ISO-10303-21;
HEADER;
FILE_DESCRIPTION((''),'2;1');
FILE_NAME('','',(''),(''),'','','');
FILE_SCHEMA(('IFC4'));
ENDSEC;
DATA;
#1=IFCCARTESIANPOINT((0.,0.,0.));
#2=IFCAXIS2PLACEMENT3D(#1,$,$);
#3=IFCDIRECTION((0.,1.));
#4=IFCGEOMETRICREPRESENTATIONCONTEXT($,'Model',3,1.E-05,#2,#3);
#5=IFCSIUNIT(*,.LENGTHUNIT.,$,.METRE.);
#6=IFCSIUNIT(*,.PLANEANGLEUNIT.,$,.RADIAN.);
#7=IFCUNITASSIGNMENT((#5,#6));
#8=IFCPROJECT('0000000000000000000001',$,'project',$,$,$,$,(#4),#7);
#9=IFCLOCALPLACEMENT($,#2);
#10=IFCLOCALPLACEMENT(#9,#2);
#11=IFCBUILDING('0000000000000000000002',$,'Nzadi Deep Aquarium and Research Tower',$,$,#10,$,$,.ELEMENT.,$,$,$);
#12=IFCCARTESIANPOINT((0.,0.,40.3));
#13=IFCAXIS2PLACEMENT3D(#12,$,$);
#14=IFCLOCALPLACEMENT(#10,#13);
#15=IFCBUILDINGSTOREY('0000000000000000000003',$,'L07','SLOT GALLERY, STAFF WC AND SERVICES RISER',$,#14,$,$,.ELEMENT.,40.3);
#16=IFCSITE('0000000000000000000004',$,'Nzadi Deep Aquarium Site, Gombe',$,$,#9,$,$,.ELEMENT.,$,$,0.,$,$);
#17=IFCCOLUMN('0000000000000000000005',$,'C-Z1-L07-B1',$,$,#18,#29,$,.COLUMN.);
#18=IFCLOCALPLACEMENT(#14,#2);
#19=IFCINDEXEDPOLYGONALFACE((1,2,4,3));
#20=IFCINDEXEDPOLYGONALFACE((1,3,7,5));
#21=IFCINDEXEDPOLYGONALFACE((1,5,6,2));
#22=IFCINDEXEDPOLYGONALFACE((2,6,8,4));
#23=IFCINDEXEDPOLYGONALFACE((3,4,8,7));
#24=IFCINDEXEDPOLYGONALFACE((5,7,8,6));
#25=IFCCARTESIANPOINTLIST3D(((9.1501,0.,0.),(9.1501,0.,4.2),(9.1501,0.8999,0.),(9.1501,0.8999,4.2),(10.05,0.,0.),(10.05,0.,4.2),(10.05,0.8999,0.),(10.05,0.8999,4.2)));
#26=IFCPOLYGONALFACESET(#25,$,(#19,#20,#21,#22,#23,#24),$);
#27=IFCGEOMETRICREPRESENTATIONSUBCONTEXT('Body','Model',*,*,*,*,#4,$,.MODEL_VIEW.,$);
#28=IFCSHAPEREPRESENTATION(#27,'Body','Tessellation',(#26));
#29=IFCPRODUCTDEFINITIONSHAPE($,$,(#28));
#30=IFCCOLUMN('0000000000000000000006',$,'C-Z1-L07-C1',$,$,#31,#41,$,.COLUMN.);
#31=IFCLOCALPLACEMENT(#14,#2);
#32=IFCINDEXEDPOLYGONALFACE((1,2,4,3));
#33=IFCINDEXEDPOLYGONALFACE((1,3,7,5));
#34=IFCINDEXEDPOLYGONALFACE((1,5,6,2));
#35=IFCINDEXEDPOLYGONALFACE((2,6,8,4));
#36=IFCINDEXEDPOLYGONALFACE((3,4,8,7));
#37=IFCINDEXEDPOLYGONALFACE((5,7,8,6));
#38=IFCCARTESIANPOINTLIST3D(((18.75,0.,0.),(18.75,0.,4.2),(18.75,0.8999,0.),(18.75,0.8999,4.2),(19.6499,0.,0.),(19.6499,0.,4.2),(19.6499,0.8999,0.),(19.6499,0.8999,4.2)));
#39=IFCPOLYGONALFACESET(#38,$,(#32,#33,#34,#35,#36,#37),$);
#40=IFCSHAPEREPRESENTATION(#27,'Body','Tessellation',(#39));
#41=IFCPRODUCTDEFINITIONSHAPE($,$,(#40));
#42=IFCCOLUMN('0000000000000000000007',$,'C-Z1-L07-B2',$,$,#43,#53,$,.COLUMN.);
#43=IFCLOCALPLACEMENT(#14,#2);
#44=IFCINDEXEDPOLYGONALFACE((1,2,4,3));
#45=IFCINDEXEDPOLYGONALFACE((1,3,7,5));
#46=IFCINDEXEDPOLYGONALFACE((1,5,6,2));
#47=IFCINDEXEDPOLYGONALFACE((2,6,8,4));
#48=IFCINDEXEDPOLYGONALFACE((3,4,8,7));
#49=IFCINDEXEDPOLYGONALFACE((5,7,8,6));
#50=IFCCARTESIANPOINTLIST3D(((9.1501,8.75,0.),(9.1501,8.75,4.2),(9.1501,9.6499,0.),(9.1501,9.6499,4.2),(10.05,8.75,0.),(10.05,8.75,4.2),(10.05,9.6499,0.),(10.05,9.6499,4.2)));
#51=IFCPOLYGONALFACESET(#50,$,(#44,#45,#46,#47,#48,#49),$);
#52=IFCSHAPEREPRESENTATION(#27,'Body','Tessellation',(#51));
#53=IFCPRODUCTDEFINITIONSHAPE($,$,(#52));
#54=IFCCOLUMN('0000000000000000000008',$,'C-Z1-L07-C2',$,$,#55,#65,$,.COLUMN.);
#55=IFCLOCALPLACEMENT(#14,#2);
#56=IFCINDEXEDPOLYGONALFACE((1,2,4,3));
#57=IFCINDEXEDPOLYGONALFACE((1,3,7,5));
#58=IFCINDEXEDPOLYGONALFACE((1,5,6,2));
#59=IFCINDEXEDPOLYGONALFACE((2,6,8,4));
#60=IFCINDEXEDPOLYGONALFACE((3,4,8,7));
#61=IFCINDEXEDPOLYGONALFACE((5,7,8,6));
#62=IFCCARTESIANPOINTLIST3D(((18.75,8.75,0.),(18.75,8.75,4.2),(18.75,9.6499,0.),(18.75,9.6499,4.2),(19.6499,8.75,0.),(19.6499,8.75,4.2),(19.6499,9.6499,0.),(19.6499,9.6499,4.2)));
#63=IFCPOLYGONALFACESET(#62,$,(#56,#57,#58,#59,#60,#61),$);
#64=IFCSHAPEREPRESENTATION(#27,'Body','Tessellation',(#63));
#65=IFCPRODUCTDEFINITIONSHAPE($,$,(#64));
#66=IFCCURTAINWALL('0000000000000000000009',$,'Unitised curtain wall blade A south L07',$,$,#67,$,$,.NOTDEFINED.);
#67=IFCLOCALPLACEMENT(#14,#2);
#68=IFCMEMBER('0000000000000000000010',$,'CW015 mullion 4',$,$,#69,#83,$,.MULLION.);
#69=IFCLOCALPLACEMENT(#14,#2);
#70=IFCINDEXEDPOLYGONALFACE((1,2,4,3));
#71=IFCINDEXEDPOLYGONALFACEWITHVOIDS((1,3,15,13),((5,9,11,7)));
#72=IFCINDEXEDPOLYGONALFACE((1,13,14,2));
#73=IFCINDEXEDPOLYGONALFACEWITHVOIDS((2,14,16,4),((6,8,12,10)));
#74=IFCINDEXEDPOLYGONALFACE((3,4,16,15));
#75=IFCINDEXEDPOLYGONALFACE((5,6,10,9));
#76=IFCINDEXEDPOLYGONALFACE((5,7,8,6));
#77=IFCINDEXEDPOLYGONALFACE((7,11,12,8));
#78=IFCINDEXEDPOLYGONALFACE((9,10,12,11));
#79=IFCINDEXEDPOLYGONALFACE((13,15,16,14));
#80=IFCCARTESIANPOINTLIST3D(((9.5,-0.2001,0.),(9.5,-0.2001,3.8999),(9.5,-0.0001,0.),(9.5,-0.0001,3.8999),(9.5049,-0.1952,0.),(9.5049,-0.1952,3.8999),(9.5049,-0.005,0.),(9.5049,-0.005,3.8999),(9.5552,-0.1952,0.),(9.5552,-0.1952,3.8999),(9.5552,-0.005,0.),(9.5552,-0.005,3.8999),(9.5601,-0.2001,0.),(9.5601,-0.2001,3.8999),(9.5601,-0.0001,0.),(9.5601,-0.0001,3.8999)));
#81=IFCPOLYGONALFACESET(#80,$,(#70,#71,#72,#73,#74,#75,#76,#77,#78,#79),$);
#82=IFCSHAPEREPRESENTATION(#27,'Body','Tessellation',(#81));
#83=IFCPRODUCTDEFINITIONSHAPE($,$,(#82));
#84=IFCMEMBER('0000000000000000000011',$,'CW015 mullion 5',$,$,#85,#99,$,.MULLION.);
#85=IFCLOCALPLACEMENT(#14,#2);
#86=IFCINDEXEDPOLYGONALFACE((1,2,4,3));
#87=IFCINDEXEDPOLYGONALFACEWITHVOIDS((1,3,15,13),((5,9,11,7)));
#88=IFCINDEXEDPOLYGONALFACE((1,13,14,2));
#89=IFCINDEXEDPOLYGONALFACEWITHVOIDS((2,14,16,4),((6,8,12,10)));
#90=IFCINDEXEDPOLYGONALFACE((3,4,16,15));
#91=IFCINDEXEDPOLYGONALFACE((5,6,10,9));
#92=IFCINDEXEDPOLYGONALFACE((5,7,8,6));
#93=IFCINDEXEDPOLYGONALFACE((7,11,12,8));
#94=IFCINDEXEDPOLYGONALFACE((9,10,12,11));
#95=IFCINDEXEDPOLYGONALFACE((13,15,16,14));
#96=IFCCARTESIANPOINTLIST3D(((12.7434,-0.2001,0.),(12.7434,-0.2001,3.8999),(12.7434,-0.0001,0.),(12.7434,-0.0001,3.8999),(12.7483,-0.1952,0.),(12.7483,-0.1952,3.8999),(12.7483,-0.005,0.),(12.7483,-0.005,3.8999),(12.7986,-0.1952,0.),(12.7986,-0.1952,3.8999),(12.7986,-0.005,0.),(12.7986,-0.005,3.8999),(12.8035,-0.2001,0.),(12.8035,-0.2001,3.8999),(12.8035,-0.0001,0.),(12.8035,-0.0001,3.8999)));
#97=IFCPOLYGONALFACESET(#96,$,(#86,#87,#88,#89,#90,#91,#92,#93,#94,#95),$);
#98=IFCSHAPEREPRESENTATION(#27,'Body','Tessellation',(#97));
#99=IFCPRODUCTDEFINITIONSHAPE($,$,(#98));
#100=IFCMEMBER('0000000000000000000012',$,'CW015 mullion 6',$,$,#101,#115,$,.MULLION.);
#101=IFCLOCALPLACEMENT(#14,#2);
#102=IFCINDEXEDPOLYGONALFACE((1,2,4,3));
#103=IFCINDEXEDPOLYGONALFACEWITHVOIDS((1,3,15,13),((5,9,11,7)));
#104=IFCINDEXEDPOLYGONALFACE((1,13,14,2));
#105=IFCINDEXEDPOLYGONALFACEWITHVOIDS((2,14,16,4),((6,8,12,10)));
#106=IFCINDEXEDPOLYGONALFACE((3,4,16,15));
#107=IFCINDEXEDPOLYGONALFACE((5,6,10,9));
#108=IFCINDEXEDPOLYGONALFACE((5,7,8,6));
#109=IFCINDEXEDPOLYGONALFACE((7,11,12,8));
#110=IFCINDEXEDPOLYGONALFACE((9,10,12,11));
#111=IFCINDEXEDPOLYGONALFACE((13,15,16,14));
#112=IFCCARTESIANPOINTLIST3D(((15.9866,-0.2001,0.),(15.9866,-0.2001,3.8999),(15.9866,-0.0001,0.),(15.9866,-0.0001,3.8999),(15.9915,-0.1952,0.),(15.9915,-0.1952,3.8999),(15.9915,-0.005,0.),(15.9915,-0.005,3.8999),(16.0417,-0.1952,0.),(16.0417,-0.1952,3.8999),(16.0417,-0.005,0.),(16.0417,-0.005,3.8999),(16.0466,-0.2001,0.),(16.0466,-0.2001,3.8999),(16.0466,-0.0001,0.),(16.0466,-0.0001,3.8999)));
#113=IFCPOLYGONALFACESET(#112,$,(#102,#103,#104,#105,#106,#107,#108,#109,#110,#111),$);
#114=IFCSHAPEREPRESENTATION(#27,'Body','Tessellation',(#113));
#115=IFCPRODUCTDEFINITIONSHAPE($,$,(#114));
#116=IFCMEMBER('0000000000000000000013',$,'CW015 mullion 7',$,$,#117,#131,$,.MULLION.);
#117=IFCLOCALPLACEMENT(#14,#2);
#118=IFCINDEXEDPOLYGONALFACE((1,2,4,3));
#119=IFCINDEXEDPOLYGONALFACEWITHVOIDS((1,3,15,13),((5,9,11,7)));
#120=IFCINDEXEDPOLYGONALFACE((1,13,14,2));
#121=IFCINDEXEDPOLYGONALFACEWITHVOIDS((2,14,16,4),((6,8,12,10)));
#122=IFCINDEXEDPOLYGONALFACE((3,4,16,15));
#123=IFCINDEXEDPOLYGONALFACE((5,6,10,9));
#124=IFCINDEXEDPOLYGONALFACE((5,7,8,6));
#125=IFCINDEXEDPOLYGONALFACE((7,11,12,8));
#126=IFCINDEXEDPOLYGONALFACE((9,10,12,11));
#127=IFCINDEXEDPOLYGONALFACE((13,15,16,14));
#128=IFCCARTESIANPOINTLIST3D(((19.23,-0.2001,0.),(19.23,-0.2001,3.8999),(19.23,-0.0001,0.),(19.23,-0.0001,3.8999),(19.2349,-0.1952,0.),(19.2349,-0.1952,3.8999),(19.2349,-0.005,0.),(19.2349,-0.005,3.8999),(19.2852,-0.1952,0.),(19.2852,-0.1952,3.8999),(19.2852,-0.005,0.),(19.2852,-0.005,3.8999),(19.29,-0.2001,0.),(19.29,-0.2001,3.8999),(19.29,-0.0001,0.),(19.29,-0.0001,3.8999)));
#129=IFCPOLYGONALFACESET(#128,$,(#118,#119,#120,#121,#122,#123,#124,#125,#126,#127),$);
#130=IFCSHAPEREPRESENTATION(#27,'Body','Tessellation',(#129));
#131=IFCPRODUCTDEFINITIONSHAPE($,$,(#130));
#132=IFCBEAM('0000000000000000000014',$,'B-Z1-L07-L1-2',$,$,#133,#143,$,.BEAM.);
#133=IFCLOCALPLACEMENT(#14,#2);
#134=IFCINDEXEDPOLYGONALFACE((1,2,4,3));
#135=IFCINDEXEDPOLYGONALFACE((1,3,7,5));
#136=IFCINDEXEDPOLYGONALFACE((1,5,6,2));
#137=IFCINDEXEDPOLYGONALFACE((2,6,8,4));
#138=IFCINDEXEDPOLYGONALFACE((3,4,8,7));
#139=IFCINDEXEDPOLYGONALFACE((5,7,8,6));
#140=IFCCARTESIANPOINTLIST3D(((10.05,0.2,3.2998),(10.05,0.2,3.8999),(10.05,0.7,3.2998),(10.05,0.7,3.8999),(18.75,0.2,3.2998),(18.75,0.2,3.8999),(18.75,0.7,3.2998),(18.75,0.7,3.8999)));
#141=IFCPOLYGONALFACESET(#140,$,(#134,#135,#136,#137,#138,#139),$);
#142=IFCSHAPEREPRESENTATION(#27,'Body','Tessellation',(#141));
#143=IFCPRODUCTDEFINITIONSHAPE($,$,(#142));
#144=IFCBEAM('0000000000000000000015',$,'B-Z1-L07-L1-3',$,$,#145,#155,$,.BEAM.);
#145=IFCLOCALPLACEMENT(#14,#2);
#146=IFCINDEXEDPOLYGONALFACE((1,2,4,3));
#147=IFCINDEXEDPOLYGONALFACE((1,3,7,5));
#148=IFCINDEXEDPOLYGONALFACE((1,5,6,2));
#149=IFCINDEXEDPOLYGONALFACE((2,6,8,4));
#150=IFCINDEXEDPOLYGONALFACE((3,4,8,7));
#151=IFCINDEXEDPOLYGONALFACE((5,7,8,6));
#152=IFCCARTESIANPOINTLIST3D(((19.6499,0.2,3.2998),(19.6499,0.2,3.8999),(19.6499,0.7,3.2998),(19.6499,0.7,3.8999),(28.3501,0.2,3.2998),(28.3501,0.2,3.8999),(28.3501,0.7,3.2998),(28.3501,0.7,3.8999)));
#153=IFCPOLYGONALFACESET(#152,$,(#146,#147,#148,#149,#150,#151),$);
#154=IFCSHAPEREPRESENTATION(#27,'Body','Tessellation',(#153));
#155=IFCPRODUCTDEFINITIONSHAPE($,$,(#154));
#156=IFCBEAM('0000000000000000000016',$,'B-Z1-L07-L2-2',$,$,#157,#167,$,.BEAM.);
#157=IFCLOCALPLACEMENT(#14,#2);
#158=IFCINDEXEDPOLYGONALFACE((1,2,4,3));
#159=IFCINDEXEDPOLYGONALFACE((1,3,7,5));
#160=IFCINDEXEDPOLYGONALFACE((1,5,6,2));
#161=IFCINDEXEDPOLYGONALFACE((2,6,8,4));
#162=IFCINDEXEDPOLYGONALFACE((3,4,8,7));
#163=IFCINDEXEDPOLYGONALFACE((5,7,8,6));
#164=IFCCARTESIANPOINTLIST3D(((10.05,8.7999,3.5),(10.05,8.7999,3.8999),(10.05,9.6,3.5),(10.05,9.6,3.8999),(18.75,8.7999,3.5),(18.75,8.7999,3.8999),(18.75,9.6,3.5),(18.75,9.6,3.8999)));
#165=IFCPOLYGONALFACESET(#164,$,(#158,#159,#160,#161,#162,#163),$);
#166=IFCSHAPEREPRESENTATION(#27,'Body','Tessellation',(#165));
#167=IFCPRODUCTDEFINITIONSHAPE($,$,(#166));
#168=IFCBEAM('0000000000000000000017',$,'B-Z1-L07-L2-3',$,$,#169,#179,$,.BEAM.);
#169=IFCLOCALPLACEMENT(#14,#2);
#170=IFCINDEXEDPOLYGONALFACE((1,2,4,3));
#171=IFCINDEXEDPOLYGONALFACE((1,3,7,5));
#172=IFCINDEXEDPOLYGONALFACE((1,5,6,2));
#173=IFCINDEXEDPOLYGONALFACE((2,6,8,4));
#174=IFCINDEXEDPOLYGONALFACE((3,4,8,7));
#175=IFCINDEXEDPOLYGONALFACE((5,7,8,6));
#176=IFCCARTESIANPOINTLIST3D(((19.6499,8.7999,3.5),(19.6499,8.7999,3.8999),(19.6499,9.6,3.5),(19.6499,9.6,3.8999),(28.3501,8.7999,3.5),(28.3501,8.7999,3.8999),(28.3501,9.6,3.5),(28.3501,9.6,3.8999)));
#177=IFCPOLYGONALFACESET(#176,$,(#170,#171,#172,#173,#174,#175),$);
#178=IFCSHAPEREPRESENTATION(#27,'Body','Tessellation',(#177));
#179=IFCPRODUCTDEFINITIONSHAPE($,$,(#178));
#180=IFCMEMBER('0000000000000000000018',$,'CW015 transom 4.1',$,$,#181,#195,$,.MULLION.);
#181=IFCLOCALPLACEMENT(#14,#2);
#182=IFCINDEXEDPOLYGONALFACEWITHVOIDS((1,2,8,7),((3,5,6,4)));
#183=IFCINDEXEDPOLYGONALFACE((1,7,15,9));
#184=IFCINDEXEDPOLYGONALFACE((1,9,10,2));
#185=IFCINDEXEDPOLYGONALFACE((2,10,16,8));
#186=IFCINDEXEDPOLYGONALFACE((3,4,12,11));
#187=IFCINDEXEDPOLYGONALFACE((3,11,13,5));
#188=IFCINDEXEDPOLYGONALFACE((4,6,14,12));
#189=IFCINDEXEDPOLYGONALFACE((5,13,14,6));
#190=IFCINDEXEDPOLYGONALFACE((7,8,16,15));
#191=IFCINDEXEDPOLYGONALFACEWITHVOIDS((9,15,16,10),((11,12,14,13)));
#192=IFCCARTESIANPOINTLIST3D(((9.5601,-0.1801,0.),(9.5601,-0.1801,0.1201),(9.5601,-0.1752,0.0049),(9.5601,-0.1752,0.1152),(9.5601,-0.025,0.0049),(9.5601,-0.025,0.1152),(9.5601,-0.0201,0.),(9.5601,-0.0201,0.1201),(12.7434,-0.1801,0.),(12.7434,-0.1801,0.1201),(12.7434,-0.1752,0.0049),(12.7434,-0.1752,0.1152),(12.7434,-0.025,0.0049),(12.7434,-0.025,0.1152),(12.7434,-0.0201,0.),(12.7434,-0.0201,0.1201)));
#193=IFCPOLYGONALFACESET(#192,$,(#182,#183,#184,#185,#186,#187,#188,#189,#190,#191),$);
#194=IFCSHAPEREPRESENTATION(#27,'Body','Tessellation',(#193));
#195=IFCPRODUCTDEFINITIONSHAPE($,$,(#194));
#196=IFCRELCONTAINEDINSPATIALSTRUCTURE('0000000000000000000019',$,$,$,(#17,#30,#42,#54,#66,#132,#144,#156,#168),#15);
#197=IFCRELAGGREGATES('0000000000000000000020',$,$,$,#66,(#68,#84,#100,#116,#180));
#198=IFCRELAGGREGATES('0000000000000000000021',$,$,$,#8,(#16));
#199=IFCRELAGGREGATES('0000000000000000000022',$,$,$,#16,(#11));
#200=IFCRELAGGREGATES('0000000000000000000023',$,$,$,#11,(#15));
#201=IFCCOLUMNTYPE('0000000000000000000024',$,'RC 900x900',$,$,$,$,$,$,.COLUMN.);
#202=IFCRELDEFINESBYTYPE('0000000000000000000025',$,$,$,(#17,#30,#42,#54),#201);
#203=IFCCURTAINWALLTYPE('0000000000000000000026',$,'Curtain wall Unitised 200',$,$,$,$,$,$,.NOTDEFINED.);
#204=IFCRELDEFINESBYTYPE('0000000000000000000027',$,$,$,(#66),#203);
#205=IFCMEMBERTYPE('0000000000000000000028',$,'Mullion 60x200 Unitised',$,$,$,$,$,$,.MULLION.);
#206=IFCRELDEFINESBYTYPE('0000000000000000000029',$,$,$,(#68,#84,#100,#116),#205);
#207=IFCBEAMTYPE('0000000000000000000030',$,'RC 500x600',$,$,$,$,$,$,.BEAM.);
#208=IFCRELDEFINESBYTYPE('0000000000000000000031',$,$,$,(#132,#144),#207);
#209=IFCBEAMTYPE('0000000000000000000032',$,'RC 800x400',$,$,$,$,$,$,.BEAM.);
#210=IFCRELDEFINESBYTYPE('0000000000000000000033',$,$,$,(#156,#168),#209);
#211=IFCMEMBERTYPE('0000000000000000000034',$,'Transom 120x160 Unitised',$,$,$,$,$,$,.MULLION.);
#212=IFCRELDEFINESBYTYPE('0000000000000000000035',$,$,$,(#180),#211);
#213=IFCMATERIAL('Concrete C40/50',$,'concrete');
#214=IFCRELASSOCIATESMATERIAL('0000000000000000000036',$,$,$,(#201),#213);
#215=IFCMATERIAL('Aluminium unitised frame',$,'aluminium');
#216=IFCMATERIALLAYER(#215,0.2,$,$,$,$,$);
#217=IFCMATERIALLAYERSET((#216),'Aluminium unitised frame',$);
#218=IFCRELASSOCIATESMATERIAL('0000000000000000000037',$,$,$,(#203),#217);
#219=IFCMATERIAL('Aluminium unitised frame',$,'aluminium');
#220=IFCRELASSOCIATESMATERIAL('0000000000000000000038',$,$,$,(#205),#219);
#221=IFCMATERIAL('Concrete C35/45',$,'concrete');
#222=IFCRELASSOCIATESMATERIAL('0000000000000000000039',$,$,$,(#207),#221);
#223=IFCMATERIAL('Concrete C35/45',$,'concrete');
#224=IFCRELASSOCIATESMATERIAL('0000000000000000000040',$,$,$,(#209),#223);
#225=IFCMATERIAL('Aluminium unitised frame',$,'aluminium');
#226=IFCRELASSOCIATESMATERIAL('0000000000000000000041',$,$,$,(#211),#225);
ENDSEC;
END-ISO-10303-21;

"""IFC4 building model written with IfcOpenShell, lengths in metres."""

from ifc_helpers import new_model, si_unit, direction, frame, origin, origin_2d, place, context, subcontext, project, spatial, rectangle, hollow_rectangle, extrude, material, layer, layer_set, material_profile, profile_set, type_object, element, aggregate, save


model = new_model("IFC4")

# Units and contexts
model_context = context("Model", 3, precision=1e-05, world=origin(), true_north=direction((0.0, 1.0)))
body_context = subcontext(model_context, "Body", "Model", "MODEL_VIEW")
ifc_project = project(units=[si_unit("LENGTHUNIT", "METRE"), si_unit("PLANEANGLEUNIT", "RADIAN")], contexts=[model_context])

# Site, building, storey
site_placement = place(None, origin())
site = spatial("IfcSite", under=ifc_project, at=site_placement, Name="Nzadi Deep Aquarium Site, Gombe", CompositionType="ELEMENT", RefElevation=0.0)
building_placement = place(site_placement, origin())
building = spatial("IfcBuilding", under=site, at=building_placement, Name="Nzadi Deep Aquarium and Research Tower", CompositionType="ELEMENT")
storey_placement = place(building_placement, frame((0.0, 0.0, 40.3)))
storey = spatial("IfcBuildingStorey", under=building, at=storey_placement, Name="L07", Description="SLOT GALLERY, STAFF WC AND SERVICES RISER", CompositionType="ELEMENT", Elevation=40.3)

# Columns
ifc_material_1 = material(Name="Concrete C40/50", Category="concrete")
ifc_material_profile_1 = material_profile(ifc_material_1, rectangle(XDim=0.8999, YDim=0.8999, at=origin_2d()))
ifc_profile_set_1 = profile_set([ifc_material_profile_1], Name="Concrete C40/50")
column_type = type_object("IfcColumnType", Name="RC 900x900", PredefinedType="COLUMN", material=ifc_profile_set_1)
for number, where, z_axis, x_axis, name in (
    (1, (9.6001, 0.45, 0.0), (0.0, 0.0, 1.0), (1.0, 0.0, 0.0), "C-Z1-L07-B1"),
    (2, (19.2, 0.45, 0.0), (0.0, 0.0, 1.0), (1.0, 0.0, 0.0), "C-Z1-L07-C1"),
    (3, (9.6001, 9.2, 0.0), (0.0, 0.0, 1.0), (1.0, 0.0, 0.0), "C-Z1-L07-B2"),
    (4, (19.2, 9.2, 0.0), (0.0, 0.0, 1.0), (1.0, 0.0, 0.0), "C-Z1-L07-C2"),
):
    element("IfcColumn", number, at=place(storey_placement, frame(where, z_axis=z_axis, x_axis=x_axis)), inside=storey, type_object=column_type, Name=name, PredefinedType="COLUMN", context=body_context, shape_type="SweptSolid", body=[
        extrude(rectangle(XDim=0.8999, YDim=0.8999, at=origin_2d()), origin(), (0.0, 0.0, 1.0), 4.2),
    ])

# Curtain wall, members
ifc_material_2 = material(Name="Aluminium unitised frame", Category="aluminium")
ifc_layer_1 = layer(ifc_material_2, 0.2)
ifc_layer_set_1 = layer_set([ifc_layer_1], Name="Aluminium unitised frame")
curtain_wall_type = type_object("IfcCurtainWallType", Name="Curtain wall Unitised 200", PredefinedType="NOTDEFINED", material=ifc_layer_set_1)
curtain_wall_placement = place(storey_placement, origin())
curtain_wall = element("IfcCurtainWall", 5, at=curtain_wall_placement, inside=storey, type_object=curtain_wall_type, Name="Unitised curtain wall blade A south L07", PredefinedType="NOTDEFINED")
ifc_material_3 = material(Name="Aluminium unitised frame", Category="aluminium")
ifc_material_profile_2 = material_profile(ifc_material_3, hollow_rectangle(XDim=0.2, YDim=0.0601, WallThickness=0.0049, at=origin_2d()))
ifc_profile_set_2 = profile_set([ifc_material_profile_2], Name="Aluminium unitised frame")
member_type_1 = type_object("IfcMemberType", Name="Mullion 60x200 Unitised", PredefinedType="MULLION", material=ifc_profile_set_2)
member_1_placement = place(storey_placement, frame((9.53, -0.1001, 0.0), z_axis=(0.0, 0.0, 1.0), x_axis=(0.0, 1.0, 0.0)))
member_1 = element("IfcMember", 6, at=member_1_placement, type_object=member_type_1, Name="CW015 mullion 4", PredefinedType="MULLION", context=body_context, shape_type="SweptSolid", body=[
    extrude(hollow_rectangle(XDim=0.2, YDim=0.0601, WallThickness=0.0049, at=origin_2d()), origin(), (0.0, 0.0, 1.0), 3.8999),
])
member_2_placement = place(storey_placement, frame((12.7734, -0.1001, 0.0), z_axis=(0.0, 0.0, 1.0), x_axis=(0.0, 1.0, 0.0)))
member_2 = element("IfcMember", 7, at=member_2_placement, type_object=member_type_1, Name="CW015 mullion 5", PredefinedType="MULLION", context=body_context, shape_type="SweptSolid", body=[
    extrude(hollow_rectangle(XDim=0.2, YDim=0.0601, WallThickness=0.0049, at=origin_2d()), origin(), (0.0, 0.0, 1.0), 3.8999),
])
member_3_placement = place(storey_placement, frame((16.0166, -0.1001, 0.0), z_axis=(0.0, 0.0, 1.0), x_axis=(0.0, 1.0, 0.0)))
member_3 = element("IfcMember", 8, at=member_3_placement, type_object=member_type_1, Name="CW015 mullion 6", PredefinedType="MULLION", context=body_context, shape_type="SweptSolid", body=[
    extrude(hollow_rectangle(XDim=0.2, YDim=0.0601, WallThickness=0.0049, at=origin_2d()), origin(), (0.0, 0.0, 1.0), 3.8999),
])
member_4_placement = place(storey_placement, frame((19.26, -0.1001, 0.0), z_axis=(0.0, 0.0, 1.0), x_axis=(0.0, 1.0, 0.0)))
member_4 = element("IfcMember", 9, at=member_4_placement, type_object=member_type_1, Name="CW015 mullion 7", PredefinedType="MULLION", context=body_context, shape_type="SweptSolid", body=[
    extrude(hollow_rectangle(XDim=0.2, YDim=0.0601, WallThickness=0.0049, at=origin_2d()), origin(), (0.0, 0.0, 1.0), 3.8999),
])

# Beams
ifc_material_4 = material(Name="Concrete C35/45", Category="concrete")
ifc_material_profile_3 = material_profile(ifc_material_4, rectangle(XDim=0.5, YDim=0.6001, at=origin_2d()))
ifc_profile_set_3 = profile_set([ifc_material_profile_3], Name="Concrete C35/45")
beam_type_1 = type_object("IfcBeamType", Name="RC 500x600", PredefinedType="BEAM", material=ifc_profile_set_3)
beam_1_placement = place(storey_placement, frame((10.05, 0.45, 3.5999), z_axis=(1.0, 0.0, 0.0), x_axis=(0.0, 1.0, 0.0)))
element("IfcBeam", 10, at=beam_1_placement, inside=storey, type_object=beam_type_1, Name="B-Z1-L07-L1-2", PredefinedType="BEAM", context=body_context, shape_type="SweptSolid", body=[
    extrude(rectangle(XDim=0.5, YDim=0.6001, at=origin_2d()), origin(), (0.0, 0.0, 1.0), 8.7),
])
beam_2_placement = place(storey_placement, frame((19.6499, 0.45, 3.5999), z_axis=(1.0, 0.0, 0.0), x_axis=(0.0, 1.0, 0.0)))
element("IfcBeam", 11, at=beam_2_placement, inside=storey, type_object=beam_type_1, Name="B-Z1-L07-L1-3", PredefinedType="BEAM", context=body_context, shape_type="SweptSolid", body=[
    extrude(rectangle(XDim=0.5, YDim=0.6001, at=origin_2d()), origin(), (0.0, 0.0, 1.0), 8.7002),
])
ifc_material_5 = material(Name="Concrete C35/45", Category="concrete")
ifc_material_profile_4 = material_profile(ifc_material_5, rectangle(XDim=0.8, YDim=0.3999, at=origin_2d()))
ifc_profile_set_4 = profile_set([ifc_material_profile_4], Name="Concrete C35/45")
beam_type_2 = type_object("IfcBeamType", Name="RC 800x400", PredefinedType="BEAM", material=ifc_profile_set_4)
beam_3_placement = place(storey_placement, frame((10.05, 9.2, 3.7), z_axis=(1.0, 0.0, 0.0), x_axis=(0.0, 1.0, 0.0)))
element("IfcBeam", 12, at=beam_3_placement, inside=storey, type_object=beam_type_2, Name="B-Z1-L07-L2-2", PredefinedType="BEAM", context=body_context, shape_type="SweptSolid", body=[
    extrude(rectangle(XDim=0.8, YDim=0.3999, at=origin_2d()), origin(), (0.0, 0.0, 1.0), 8.7),
])
beam_4_placement = place(storey_placement, frame((19.6499, 9.2, 3.7), z_axis=(1.0, 0.0, 0.0), x_axis=(0.0, 1.0, 0.0)))
element("IfcBeam", 13, at=beam_4_placement, inside=storey, type_object=beam_type_2, Name="B-Z1-L07-L2-3", PredefinedType="BEAM", context=body_context, shape_type="SweptSolid", body=[
    extrude(rectangle(XDim=0.8, YDim=0.3999, at=origin_2d()), origin(), (0.0, 0.0, 1.0), 8.7002),
])

# Member
ifc_material_6 = material(Name="Aluminium unitised frame", Category="aluminium")
ifc_material_profile_5 = material_profile(ifc_material_6, hollow_rectangle(XDim=0.1599, YDim=0.1201, WallThickness=0.0049, at=origin_2d()))
ifc_profile_set_5 = profile_set([ifc_material_profile_5], Name="Aluminium unitised frame")
member_type_2 = type_object("IfcMemberType", Name="Transom 120x160 Unitised", PredefinedType="MULLION", material=ifc_profile_set_5)
member_5_placement = place(storey_placement, frame((9.5601, -0.1001, 0.0601), z_axis=(1.0, 0.0, 0.0), x_axis=(0.0, 1.0, 0.0)))
member_5 = element("IfcMember", 14, at=member_5_placement, type_object=member_type_2, Name="CW015 transom 4.1", PredefinedType="MULLION", context=body_context, shape_type="SweptSolid", body=[
    extrude(hollow_rectangle(XDim=0.1599, YDim=0.1201, WallThickness=0.0049, at=origin_2d()), origin(), (0.0, 0.0, 1.0), 3.1833),
])

aggregate(curtain_wall, [member_1, member_2, member_3, member_4, member_5])

save(model, "model.ifc")
